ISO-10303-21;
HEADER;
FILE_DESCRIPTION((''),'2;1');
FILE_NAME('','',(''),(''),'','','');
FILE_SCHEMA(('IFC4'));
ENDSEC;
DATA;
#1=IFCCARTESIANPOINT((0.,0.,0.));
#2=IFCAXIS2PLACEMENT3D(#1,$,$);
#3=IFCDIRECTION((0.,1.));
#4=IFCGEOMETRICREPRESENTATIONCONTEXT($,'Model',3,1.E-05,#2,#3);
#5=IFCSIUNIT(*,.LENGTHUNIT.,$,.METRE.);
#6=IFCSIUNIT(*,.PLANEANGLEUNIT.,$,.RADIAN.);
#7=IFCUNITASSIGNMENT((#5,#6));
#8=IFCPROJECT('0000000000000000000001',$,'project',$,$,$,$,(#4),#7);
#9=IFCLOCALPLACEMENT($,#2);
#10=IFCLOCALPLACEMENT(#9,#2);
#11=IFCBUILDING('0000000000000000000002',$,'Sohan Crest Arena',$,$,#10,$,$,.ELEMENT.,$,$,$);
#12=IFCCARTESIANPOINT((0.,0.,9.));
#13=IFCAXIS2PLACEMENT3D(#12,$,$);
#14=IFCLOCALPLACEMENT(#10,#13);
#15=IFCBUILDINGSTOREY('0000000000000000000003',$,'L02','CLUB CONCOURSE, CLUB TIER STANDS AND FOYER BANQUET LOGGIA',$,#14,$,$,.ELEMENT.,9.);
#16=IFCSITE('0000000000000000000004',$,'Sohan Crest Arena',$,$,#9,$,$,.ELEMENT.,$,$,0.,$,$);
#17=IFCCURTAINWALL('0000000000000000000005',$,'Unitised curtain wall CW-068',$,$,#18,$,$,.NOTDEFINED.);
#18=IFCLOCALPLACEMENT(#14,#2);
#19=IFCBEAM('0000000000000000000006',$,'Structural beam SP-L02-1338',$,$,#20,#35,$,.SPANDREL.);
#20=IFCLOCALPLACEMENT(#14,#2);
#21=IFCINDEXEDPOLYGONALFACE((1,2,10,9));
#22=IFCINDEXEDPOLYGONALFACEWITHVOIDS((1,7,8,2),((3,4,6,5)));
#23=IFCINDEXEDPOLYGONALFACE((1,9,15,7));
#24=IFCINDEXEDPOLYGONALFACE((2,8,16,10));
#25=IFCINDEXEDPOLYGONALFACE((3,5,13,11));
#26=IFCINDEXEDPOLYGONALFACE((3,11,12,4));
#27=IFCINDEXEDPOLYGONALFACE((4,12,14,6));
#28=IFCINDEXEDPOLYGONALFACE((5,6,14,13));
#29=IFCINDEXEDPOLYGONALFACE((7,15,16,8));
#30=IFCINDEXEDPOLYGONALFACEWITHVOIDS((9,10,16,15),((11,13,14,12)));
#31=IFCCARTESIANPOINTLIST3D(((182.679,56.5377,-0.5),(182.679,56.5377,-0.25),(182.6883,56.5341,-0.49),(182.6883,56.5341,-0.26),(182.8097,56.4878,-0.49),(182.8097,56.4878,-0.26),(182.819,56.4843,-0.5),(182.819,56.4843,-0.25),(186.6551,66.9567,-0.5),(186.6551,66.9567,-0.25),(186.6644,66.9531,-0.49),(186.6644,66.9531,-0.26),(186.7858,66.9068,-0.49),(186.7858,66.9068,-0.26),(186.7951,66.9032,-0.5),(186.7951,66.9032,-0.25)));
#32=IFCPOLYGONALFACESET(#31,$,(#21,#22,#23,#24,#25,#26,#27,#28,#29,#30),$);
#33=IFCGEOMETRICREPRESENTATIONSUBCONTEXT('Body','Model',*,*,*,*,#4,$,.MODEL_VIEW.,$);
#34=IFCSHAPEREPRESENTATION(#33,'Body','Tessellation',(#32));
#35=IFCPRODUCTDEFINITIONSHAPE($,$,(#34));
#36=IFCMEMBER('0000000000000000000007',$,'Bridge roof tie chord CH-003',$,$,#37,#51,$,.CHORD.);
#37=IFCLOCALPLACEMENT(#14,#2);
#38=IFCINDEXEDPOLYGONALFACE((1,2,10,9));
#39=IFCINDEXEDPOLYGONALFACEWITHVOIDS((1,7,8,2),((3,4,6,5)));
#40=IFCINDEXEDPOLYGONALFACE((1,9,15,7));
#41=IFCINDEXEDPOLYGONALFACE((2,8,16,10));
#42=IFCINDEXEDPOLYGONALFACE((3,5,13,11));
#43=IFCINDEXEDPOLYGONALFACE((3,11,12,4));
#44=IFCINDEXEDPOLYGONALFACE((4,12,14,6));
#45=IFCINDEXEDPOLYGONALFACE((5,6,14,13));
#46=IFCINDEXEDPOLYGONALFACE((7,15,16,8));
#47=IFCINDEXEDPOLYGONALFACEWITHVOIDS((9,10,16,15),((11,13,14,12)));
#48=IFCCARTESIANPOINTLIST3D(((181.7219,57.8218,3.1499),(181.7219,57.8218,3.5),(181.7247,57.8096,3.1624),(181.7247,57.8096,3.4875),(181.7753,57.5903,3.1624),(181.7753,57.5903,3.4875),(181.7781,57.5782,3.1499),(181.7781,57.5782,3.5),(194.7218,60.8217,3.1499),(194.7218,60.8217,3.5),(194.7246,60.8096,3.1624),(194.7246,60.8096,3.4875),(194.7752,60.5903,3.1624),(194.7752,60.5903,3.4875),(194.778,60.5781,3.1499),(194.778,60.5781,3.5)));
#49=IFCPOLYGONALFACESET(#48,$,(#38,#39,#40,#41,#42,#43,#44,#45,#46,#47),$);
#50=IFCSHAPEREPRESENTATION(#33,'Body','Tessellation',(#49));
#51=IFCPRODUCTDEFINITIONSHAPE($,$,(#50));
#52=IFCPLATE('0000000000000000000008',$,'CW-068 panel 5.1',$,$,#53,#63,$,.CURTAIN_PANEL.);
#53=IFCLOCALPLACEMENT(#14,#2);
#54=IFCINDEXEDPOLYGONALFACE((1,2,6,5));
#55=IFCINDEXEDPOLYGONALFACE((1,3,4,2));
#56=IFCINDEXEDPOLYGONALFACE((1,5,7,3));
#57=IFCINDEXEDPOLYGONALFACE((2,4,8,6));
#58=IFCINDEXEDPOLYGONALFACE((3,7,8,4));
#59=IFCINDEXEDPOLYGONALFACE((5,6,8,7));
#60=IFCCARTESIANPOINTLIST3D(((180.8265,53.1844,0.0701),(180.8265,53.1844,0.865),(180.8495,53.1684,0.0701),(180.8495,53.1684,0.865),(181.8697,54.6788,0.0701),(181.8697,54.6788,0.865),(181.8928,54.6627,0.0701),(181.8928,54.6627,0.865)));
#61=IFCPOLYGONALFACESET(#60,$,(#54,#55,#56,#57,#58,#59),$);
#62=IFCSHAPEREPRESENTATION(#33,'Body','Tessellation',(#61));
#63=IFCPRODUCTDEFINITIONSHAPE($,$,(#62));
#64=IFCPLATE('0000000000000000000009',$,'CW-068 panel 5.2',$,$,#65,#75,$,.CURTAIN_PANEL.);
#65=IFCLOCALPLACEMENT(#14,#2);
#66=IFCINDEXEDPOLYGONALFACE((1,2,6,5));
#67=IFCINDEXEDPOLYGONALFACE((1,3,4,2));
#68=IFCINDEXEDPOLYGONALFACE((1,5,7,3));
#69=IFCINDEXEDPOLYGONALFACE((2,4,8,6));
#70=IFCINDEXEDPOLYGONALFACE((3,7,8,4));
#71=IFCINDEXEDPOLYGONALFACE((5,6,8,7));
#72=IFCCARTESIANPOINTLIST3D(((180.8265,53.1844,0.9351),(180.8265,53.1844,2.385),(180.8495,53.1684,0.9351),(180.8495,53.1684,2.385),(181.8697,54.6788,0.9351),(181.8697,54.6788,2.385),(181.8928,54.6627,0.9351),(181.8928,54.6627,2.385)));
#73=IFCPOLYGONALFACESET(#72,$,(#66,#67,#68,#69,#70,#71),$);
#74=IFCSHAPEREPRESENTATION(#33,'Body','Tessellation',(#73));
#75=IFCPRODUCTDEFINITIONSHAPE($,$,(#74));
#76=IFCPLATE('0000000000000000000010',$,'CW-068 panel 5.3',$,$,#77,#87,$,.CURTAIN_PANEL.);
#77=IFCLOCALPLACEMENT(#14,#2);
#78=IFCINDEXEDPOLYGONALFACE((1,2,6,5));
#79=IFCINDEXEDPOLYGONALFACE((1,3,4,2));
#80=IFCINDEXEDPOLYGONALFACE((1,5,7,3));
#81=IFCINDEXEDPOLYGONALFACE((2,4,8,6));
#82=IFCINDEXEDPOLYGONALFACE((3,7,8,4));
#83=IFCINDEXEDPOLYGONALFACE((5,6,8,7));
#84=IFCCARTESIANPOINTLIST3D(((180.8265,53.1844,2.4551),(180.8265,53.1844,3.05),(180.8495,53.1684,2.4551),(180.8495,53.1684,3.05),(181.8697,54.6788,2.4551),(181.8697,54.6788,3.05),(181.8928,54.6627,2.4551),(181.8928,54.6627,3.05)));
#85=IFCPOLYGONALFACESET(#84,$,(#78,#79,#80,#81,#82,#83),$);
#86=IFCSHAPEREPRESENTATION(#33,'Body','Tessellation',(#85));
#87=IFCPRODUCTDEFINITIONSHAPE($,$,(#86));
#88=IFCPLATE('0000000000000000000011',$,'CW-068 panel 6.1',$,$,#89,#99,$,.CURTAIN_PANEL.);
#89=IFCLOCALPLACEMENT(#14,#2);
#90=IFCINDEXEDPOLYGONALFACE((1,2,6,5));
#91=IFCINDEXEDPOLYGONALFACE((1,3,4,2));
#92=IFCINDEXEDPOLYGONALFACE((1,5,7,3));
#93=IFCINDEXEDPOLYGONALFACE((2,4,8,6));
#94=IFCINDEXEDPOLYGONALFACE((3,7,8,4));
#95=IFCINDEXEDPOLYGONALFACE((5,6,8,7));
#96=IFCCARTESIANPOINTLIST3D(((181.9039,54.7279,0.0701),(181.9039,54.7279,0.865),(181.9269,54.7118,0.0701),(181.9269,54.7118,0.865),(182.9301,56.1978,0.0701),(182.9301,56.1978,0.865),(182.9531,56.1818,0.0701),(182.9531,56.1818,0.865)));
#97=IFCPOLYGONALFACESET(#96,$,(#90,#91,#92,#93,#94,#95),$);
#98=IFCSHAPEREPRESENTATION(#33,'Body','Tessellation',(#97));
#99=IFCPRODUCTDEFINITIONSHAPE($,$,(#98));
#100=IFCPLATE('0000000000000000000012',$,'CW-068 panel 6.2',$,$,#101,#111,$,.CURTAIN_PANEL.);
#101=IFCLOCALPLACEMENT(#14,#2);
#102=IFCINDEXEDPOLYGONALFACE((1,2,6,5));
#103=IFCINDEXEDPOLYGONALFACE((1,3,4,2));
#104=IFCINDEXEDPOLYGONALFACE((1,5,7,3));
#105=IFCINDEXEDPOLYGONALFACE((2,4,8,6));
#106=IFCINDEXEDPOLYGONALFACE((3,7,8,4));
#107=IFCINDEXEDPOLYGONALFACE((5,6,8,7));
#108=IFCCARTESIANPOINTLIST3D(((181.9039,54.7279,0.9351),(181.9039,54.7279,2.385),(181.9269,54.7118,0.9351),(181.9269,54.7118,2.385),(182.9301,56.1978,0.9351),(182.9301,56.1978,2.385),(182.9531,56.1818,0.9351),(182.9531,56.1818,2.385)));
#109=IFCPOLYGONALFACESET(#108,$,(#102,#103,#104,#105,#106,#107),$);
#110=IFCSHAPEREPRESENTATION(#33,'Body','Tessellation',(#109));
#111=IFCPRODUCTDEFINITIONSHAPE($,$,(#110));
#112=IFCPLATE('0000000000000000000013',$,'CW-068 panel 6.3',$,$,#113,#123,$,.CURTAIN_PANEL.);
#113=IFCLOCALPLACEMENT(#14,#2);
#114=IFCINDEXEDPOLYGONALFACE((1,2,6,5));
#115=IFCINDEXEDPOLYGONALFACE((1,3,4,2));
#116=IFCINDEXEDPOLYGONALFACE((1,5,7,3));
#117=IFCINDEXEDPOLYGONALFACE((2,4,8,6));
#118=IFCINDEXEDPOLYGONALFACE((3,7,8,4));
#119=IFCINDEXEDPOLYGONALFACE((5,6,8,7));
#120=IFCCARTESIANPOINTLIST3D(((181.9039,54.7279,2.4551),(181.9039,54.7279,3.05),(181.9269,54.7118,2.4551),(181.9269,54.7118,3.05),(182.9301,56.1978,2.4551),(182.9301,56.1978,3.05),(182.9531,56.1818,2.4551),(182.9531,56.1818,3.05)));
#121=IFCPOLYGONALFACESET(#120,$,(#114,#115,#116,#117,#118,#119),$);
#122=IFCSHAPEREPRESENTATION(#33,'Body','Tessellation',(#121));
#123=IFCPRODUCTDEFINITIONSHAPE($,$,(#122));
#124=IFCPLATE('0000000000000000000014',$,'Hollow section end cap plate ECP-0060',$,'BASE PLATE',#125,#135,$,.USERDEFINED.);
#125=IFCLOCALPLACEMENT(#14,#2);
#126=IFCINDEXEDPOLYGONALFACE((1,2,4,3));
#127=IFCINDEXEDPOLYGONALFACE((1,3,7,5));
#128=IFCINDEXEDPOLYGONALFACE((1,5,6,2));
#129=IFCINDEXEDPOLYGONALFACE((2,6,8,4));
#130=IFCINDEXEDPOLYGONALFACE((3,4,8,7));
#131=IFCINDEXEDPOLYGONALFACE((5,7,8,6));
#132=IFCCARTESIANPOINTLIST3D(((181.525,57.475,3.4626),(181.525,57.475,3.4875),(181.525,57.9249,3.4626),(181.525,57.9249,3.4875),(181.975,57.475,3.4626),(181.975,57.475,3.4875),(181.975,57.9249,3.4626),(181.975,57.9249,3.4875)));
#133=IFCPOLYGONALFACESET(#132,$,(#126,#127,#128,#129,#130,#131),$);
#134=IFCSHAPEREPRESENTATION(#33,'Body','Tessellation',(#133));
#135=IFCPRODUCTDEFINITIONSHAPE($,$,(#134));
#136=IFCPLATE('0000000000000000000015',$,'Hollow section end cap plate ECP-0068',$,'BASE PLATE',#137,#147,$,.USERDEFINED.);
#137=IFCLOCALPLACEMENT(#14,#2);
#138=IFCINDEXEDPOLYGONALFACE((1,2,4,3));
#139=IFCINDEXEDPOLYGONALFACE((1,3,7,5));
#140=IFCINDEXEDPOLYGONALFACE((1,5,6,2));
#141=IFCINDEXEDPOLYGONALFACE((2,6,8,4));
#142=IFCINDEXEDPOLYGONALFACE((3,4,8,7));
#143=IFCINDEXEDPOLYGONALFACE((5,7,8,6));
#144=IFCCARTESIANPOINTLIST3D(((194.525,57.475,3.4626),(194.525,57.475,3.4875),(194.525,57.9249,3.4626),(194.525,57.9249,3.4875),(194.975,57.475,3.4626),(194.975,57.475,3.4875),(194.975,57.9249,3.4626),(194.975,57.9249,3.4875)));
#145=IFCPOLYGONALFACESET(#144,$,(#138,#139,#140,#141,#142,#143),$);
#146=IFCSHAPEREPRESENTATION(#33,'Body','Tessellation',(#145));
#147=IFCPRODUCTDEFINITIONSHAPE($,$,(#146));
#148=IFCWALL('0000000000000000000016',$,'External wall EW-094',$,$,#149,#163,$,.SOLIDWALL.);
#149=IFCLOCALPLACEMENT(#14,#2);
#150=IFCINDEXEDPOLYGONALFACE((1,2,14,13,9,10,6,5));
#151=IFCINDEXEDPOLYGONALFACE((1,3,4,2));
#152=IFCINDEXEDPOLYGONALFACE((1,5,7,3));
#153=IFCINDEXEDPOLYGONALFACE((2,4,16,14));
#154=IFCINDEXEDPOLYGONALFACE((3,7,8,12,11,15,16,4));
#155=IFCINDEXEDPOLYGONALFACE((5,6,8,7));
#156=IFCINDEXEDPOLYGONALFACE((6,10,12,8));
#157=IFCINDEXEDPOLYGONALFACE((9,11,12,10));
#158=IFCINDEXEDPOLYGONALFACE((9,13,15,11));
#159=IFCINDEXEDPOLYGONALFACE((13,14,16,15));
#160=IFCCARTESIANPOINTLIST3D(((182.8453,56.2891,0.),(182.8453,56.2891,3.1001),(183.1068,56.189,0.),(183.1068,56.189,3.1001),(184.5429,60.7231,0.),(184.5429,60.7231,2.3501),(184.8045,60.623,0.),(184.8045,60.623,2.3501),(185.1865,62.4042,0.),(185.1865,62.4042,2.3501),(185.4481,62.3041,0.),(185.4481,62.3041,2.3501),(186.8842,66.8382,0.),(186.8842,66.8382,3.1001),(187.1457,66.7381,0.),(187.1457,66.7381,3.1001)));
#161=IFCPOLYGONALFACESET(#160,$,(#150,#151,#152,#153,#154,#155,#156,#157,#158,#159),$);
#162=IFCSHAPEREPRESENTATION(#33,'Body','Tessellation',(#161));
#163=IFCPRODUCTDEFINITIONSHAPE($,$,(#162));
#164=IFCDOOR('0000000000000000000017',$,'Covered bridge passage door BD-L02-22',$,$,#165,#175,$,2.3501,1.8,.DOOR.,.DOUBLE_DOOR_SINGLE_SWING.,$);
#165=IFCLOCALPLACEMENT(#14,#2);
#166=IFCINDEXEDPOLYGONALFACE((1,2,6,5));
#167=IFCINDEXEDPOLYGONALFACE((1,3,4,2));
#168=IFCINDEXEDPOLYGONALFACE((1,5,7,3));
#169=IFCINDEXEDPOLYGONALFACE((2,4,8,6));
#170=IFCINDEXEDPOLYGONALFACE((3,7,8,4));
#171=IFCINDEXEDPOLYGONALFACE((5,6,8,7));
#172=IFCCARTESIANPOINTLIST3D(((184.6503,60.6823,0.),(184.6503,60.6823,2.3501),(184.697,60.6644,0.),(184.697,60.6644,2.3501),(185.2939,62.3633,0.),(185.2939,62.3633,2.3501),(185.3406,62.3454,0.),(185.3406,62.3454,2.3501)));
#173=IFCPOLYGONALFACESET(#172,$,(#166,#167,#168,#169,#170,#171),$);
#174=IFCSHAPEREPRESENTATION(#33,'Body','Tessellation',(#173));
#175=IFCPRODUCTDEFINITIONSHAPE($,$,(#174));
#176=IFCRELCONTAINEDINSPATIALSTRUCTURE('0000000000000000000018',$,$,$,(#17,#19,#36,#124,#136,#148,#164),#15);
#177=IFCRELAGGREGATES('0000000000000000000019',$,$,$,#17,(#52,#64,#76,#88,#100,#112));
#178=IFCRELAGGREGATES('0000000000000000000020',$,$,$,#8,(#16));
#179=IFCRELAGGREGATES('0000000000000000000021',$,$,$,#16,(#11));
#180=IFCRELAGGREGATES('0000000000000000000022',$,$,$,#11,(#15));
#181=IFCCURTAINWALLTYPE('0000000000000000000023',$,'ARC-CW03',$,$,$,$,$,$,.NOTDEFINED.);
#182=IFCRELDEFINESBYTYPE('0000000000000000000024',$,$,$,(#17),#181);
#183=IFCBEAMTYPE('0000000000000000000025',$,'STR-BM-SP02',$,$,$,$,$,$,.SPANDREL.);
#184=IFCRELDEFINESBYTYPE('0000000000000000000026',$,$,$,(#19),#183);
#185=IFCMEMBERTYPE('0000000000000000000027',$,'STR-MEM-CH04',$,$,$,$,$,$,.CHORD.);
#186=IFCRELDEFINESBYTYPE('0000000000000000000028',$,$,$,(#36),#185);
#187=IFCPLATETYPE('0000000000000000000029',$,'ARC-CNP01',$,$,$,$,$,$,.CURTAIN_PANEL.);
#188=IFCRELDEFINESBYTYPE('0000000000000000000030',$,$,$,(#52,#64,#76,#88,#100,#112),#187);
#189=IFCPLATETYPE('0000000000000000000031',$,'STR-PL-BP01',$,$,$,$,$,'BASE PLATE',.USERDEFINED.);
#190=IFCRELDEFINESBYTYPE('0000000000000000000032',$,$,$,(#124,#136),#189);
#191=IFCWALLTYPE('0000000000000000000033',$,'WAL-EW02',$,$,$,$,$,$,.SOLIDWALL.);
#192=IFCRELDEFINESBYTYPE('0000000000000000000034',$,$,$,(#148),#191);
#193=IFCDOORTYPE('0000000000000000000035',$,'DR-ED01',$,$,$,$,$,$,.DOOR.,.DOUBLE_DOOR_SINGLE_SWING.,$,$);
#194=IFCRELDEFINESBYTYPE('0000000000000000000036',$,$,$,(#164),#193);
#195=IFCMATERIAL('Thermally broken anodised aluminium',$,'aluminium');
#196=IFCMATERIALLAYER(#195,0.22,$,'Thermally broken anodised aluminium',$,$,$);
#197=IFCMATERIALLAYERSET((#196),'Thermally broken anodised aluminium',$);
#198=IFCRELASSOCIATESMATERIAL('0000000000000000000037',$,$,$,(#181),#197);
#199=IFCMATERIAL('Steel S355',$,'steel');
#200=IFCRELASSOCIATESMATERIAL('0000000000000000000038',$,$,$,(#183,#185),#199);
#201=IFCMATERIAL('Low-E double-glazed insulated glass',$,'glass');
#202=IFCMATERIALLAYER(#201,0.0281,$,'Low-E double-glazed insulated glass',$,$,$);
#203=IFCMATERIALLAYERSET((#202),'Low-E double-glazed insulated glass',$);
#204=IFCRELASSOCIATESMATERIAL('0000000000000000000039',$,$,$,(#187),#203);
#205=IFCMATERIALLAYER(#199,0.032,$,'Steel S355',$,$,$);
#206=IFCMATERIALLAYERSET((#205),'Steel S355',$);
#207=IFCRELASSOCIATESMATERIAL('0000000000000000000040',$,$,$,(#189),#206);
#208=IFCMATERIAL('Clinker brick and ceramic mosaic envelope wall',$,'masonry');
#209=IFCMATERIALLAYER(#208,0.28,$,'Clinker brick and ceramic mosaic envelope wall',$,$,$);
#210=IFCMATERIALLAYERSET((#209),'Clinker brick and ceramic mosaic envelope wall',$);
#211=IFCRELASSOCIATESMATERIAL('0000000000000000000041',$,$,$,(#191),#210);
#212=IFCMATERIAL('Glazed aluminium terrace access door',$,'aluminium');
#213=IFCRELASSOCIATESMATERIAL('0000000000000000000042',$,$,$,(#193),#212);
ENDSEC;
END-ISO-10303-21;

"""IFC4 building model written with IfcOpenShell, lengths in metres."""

from ifc_helpers import new_model, si_unit, direction, frame, frame_2d, origin, origin_2d, place, context, subcontext, project, spatial, rectangle, hollow_rectangle, extrude, material, layer, layer_set, material_profile, profile_set, type_object, element, fill, aggregate, save


model = new_model("IFC4")

# Units and contexts
model_context = context("Model", 3, precision=1e-05, world=origin(), true_north=direction((0.0, 1.0)))
body_context = subcontext(model_context, "Body", "Model", "MODEL_VIEW")
ifc_project = project(units=[si_unit("LENGTHUNIT", "METRE"), si_unit("PLANEANGLEUNIT", "RADIAN")], contexts=[model_context])

# Site, building, storey
site_placement = place(None, origin())
site = spatial("IfcSite", under=ifc_project, at=site_placement, Name="Sohan Crest Arena", CompositionType="ELEMENT", RefElevation=0.0)
building_placement = place(site_placement, origin())
building = spatial("IfcBuilding", under=site, at=building_placement, Name="Sohan Crest Arena", CompositionType="ELEMENT")
storey_placement = place(building_placement, frame((0.0, 0.0, 9.0)))
storey = spatial("IfcBuildingStorey", under=building, at=storey_placement, Name="L02", Description="CLUB CONCOURSE, CLUB TIER STANDS AND FOYER BANQUET LOGGIA", CompositionType="ELEMENT", Elevation=9.0)

# Shared definitions
ifc_material_1 = material(Name="Steel S355", Category="steel")

# Curtain wall
ifc_material_2 = material(Name="Thermally broken anodised aluminium", Category="aluminium")
ifc_layer_1 = layer(ifc_material_2, 0.22, Name="Thermally broken anodised aluminium")
ifc_layer_set_1 = layer_set([ifc_layer_1], Name="Thermally broken anodised aluminium")
curtain_wall_type = type_object("IfcCurtainWallType", Name="ARC-CW03", PredefinedType="NOTDEFINED", material=ifc_layer_set_1)
curtain_wall_placement = place(storey_placement, origin())
curtain_wall = element("IfcCurtainWall", 1, at=curtain_wall_placement, inside=storey, type_object=curtain_wall_type, Name="Unitised curtain wall CW-068", PredefinedType="NOTDEFINED")

# Beam
ifc_material_profile_1 = material_profile(ifc_material_1, hollow_rectangle(XDim=0.1499, YDim=0.25, WallThickness=0.01, at=origin_2d()), Name="RHS 250x150x10")
ifc_profile_set_1 = profile_set([ifc_material_profile_1], Name="Steel S355")
beam_type_1 = type_object("IfcBeamType", Name="STR-BM-SP02", PredefinedType="SPANDREL", material=ifc_profile_set_1)
beam_1_placement = place(storey_placement, frame((182.749, 56.511, -0.375), z_axis=(0.35654, 0.93428, 0.0), x_axis=(-0.93428, 0.35654, 0.0)))
element("IfcBeam", 2, at=beam_1_placement, inside=storey, type_object=beam_type_1, Name="Structural beam SP-L02-1338", PredefinedType="SPANDREL", context=body_context, shape_type="SweptSolid", body=[
    extrude(hollow_rectangle(XDim=0.1499, YDim=0.25, WallThickness=0.01, at=origin_2d()), origin(), (0.0, 0.0, 1.0), 11.1519),
])

# Member
ifc_material_profile_2 = material_profile(ifc_material_1, hollow_rectangle(XDim=0.25, YDim=0.3501, WallThickness=0.0125, at=origin_2d()), Name="RHS 350x250x12.5")
ifc_profile_set_2 = profile_set([ifc_material_profile_2], Name="Steel S355")
member_type_1 = type_object("IfcMemberType", Name="STR-MEM-CH04", PredefinedType="CHORD", material=ifc_profile_set_2)
member_1_placement = place(storey_placement, frame((181.75, 57.7, 3.325), z_axis=(0.974391, 0.22486, 0.0), x_axis=(-0.22486, 0.974391, 0.0)))
element("IfcMember", 3, at=member_1_placement, inside=storey, type_object=member_type_1, Name="Bridge roof tie chord CH-003", PredefinedType="CHORD", context=body_context, shape_type="SweptSolid", body=[
    extrude(hollow_rectangle(XDim=0.25, YDim=0.3501, WallThickness=0.0125, at=origin_2d()), origin(), (0.0, 0.0, 1.0), 13.3416),
])

# Plates
ifc_material_3 = material(Name="Low-E double-glazed insulated glass", Category="glass")
ifc_layer_2 = layer(ifc_material_3, 0.0281, Name="Low-E double-glazed insulated glass")
ifc_layer_set_2 = layer_set([ifc_layer_2], Name="Low-E double-glazed insulated glass")
plate_type_1 = type_object("IfcPlateType", Name="ARC-CNP01", PredefinedType="CURTAIN_PANEL", material=ifc_layer_set_2)
plate_1_placement = place(storey_placement, frame((181.3596, 53.9236, 0.0701), z_axis=(0.0, 0.0, 1.0), x_axis=(0.572428, 0.819955, 0.0)))
plate_1 = element("IfcPlate", 4, at=plate_1_placement, type_object=plate_type_1, Name="CW-068 panel 5.1", PredefinedType="CURTAIN_PANEL", context=body_context, shape_type="SweptSolid", body=[
    extrude(rectangle(XDim=1.8225, YDim=0.0281, at=origin_2d()), origin(), (0.0, 0.0, 1.0), 0.7949),
])
plate_2_placement = place(storey_placement, frame((181.3596, 53.9236, 0.9351), z_axis=(0.0, 0.0, 1.0), x_axis=(0.572428, 0.819955, 0.0)))
plate_2 = element("IfcPlate", 5, at=plate_2_placement, type_object=plate_type_1, Name="CW-068 panel 5.2", PredefinedType="CURTAIN_PANEL", context=body_context, shape_type="SweptSolid", body=[
    extrude(rectangle(XDim=1.8225, YDim=0.0281, at=origin_2d()), origin(), (0.0, 0.0, 1.0), 1.45),
])
plate_3_placement = place(storey_placement, frame((181.3596, 53.9236, 2.4551), z_axis=(0.0, 0.0, 1.0), x_axis=(0.572428, 0.819955, 0.0)))
plate_3 = element("IfcPlate", 6, at=plate_3_placement, type_object=plate_type_1, Name="CW-068 panel 5.3", PredefinedType="CURTAIN_PANEL", context=body_context, shape_type="SweptSolid", body=[
    extrude(rectangle(XDim=1.8225, YDim=0.0281, at=origin_2d()), origin(), (0.0, 0.0, 1.0), 0.595),
])
plate_4_placement = place(storey_placement, frame((182.4285, 55.4548, 0.0701), z_axis=(0.0, 0.0, 1.0), x_axis=(0.572428, 0.819955, 0.0)))
plate_4 = element("IfcPlate", 7, at=plate_4_placement, type_object=plate_type_1, Name="CW-068 panel 6.1", PredefinedType="CURTAIN_PANEL", context=body_context, shape_type="SweptSolid", body=[
    extrude(rectangle(XDim=1.7927, YDim=0.0281, at=origin_2d()), origin(), (0.0, 0.0, 1.0), 0.7949),
])
plate_5_placement = place(storey_placement, frame((182.4285, 55.4548, 0.9351), z_axis=(0.0, 0.0, 1.0), x_axis=(0.572428, 0.819955, 0.0)))
plate_5 = element("IfcPlate", 8, at=plate_5_placement, type_object=plate_type_1, Name="CW-068 panel 6.2", PredefinedType="CURTAIN_PANEL", context=body_context, shape_type="SweptSolid", body=[
    extrude(rectangle(XDim=1.7927, YDim=0.0281, at=origin_2d()), origin(), (0.0, 0.0, 1.0), 1.45),
])
plate_6_placement = place(storey_placement, frame((182.4285, 55.4548, 2.4551), z_axis=(0.0, 0.0, 1.0), x_axis=(0.572428, 0.819955, 0.0)))
plate_6 = element("IfcPlate", 9, at=plate_6_placement, type_object=plate_type_1, Name="CW-068 panel 6.3", PredefinedType="CURTAIN_PANEL", context=body_context, shape_type="SweptSolid", body=[
    extrude(rectangle(XDim=1.7927, YDim=0.0281, at=origin_2d()), origin(), (0.0, 0.0, 1.0), 0.595),
])
aggregate(curtain_wall, [plate_1, plate_2, plate_3, plate_4, plate_5, plate_6])

# Plates
ifc_layer_3 = layer(ifc_material_1, 0.032, Name="Steel S355")
ifc_layer_set_3 = layer_set([ifc_layer_3], Name="Steel S355")
plate_type_2 = type_object("IfcPlateType", Name="STR-PL-BP01", ElementType="BASE PLATE", PredefinedType="USERDEFINED", material=ifc_layer_set_3)
for number, where, z_axis, x_axis, name in (
    (10, (181.75, 57.7, 3.4626), (0.0, 0.0, 1.0), (1.0, 0.0, 0.0), "Hollow section end cap plate ECP-0060"),
    (11, (194.75, 57.7, 3.4626), (0.0, 0.0, 1.0), (1.0, 0.0, 0.0), "Hollow section end cap plate ECP-0068"),
):
    element("IfcPlate", number, at=place(storey_placement, frame(where, z_axis=z_axis, x_axis=x_axis)), inside=storey, type_object=plate_type_2, Name=name, ObjectType="BASE PLATE", PredefinedType="USERDEFINED", context=body_context, shape_type="SweptSolid", body=[
        extrude(rectangle(XDim=0.45, YDim=0.45, at=origin_2d()), origin(), (0.0, 0.0, 1.0), 0.0249),
    ])

# Wall, opening, door
ifc_material_4 = material(Name="Clinker brick and ceramic mosaic envelope wall", Category="masonry")
ifc_layer_4 = layer(ifc_material_4, 0.28, Name="Clinker brick and ceramic mosaic envelope wall")
ifc_layer_set_4 = layer_set([ifc_layer_4], Name="Clinker brick and ceramic mosaic envelope wall")
wall_type = type_object("IfcWallType", Name="WAL-EW02", PredefinedType="SOLIDWALL", material=ifc_layer_set_4)
wall_placement = place(storey_placement, frame((182.9761, 56.239, 0.0), z_axis=(0.0, 0.0, 1.0), x_axis=(0.357551, 0.933894, 0.0)))
wall = element("IfcWall", 12, at=wall_placement, inside=storey, type_object=wall_type, Name="External wall EW-094", PredefinedType="SOLIDWALL", context=body_context, shape_type="SweptSolid", body=[
    extrude(rectangle(XDim=11.2959, YDim=0.28, at=frame_2d((5.6479, 0.0))), origin(), (0.0, 0.0, 1.0), 3.1001),
])
opening_placement = place(wall_placement, frame((4.748, 0.0, 0.0)))
opening = element("IfcOpeningElement", 13, at=opening_placement, cuts=wall, PredefinedType="OPENING", context=body_context, shape_type="SweptSolid", body=[
    extrude(rectangle(XDim=1.8, YDim=2.3501, at=frame_2d((0.8999, 1.175))), frame((0.0, 0.1499, 0.0), z_axis=(0.0, -1.0, 0.0), x_axis=(1.0, 0.0, 0.0)), (0.0, 0.0, 1.0), 0.3),
])
ifc_material_5 = material(Name="Glazed aluminium terrace access door", Category="aluminium")
door_type = type_object("IfcDoorType", Name="DR-ED01", OperationType="DOUBLE_DOOR_SINGLE_SWING", PredefinedType="DOOR", material=ifc_material_5)
door_placement = place(opening_placement, frame((1.8, 0.0, 0.0), z_axis=(0.0, 0.0, 1.0), x_axis=(-1.0, 0.0, 0.0)))
door = element("IfcDoor", 14, at=door_placement, inside=storey, type_object=door_type, Name="Covered bridge passage door BD-L02-22", OperationType="DOUBLE_DOOR_SINGLE_SWING", OverallHeight=2.3501, OverallWidth=1.8, PredefinedType="DOOR", context=body_context, shape_type="SweptSolid", body=[
    extrude(rectangle(XDim=1.8, YDim=2.3501, at=frame_2d((0.8999, 1.175))), frame((0.0, 0.0249, 0.0), z_axis=(0.0, -1.0, 0.0), x_axis=(1.0, 0.0, 0.0)), (0.0, 0.0, 1.0), 0.05),
])
fill(opening, door)

save(model, "model.ifc")
